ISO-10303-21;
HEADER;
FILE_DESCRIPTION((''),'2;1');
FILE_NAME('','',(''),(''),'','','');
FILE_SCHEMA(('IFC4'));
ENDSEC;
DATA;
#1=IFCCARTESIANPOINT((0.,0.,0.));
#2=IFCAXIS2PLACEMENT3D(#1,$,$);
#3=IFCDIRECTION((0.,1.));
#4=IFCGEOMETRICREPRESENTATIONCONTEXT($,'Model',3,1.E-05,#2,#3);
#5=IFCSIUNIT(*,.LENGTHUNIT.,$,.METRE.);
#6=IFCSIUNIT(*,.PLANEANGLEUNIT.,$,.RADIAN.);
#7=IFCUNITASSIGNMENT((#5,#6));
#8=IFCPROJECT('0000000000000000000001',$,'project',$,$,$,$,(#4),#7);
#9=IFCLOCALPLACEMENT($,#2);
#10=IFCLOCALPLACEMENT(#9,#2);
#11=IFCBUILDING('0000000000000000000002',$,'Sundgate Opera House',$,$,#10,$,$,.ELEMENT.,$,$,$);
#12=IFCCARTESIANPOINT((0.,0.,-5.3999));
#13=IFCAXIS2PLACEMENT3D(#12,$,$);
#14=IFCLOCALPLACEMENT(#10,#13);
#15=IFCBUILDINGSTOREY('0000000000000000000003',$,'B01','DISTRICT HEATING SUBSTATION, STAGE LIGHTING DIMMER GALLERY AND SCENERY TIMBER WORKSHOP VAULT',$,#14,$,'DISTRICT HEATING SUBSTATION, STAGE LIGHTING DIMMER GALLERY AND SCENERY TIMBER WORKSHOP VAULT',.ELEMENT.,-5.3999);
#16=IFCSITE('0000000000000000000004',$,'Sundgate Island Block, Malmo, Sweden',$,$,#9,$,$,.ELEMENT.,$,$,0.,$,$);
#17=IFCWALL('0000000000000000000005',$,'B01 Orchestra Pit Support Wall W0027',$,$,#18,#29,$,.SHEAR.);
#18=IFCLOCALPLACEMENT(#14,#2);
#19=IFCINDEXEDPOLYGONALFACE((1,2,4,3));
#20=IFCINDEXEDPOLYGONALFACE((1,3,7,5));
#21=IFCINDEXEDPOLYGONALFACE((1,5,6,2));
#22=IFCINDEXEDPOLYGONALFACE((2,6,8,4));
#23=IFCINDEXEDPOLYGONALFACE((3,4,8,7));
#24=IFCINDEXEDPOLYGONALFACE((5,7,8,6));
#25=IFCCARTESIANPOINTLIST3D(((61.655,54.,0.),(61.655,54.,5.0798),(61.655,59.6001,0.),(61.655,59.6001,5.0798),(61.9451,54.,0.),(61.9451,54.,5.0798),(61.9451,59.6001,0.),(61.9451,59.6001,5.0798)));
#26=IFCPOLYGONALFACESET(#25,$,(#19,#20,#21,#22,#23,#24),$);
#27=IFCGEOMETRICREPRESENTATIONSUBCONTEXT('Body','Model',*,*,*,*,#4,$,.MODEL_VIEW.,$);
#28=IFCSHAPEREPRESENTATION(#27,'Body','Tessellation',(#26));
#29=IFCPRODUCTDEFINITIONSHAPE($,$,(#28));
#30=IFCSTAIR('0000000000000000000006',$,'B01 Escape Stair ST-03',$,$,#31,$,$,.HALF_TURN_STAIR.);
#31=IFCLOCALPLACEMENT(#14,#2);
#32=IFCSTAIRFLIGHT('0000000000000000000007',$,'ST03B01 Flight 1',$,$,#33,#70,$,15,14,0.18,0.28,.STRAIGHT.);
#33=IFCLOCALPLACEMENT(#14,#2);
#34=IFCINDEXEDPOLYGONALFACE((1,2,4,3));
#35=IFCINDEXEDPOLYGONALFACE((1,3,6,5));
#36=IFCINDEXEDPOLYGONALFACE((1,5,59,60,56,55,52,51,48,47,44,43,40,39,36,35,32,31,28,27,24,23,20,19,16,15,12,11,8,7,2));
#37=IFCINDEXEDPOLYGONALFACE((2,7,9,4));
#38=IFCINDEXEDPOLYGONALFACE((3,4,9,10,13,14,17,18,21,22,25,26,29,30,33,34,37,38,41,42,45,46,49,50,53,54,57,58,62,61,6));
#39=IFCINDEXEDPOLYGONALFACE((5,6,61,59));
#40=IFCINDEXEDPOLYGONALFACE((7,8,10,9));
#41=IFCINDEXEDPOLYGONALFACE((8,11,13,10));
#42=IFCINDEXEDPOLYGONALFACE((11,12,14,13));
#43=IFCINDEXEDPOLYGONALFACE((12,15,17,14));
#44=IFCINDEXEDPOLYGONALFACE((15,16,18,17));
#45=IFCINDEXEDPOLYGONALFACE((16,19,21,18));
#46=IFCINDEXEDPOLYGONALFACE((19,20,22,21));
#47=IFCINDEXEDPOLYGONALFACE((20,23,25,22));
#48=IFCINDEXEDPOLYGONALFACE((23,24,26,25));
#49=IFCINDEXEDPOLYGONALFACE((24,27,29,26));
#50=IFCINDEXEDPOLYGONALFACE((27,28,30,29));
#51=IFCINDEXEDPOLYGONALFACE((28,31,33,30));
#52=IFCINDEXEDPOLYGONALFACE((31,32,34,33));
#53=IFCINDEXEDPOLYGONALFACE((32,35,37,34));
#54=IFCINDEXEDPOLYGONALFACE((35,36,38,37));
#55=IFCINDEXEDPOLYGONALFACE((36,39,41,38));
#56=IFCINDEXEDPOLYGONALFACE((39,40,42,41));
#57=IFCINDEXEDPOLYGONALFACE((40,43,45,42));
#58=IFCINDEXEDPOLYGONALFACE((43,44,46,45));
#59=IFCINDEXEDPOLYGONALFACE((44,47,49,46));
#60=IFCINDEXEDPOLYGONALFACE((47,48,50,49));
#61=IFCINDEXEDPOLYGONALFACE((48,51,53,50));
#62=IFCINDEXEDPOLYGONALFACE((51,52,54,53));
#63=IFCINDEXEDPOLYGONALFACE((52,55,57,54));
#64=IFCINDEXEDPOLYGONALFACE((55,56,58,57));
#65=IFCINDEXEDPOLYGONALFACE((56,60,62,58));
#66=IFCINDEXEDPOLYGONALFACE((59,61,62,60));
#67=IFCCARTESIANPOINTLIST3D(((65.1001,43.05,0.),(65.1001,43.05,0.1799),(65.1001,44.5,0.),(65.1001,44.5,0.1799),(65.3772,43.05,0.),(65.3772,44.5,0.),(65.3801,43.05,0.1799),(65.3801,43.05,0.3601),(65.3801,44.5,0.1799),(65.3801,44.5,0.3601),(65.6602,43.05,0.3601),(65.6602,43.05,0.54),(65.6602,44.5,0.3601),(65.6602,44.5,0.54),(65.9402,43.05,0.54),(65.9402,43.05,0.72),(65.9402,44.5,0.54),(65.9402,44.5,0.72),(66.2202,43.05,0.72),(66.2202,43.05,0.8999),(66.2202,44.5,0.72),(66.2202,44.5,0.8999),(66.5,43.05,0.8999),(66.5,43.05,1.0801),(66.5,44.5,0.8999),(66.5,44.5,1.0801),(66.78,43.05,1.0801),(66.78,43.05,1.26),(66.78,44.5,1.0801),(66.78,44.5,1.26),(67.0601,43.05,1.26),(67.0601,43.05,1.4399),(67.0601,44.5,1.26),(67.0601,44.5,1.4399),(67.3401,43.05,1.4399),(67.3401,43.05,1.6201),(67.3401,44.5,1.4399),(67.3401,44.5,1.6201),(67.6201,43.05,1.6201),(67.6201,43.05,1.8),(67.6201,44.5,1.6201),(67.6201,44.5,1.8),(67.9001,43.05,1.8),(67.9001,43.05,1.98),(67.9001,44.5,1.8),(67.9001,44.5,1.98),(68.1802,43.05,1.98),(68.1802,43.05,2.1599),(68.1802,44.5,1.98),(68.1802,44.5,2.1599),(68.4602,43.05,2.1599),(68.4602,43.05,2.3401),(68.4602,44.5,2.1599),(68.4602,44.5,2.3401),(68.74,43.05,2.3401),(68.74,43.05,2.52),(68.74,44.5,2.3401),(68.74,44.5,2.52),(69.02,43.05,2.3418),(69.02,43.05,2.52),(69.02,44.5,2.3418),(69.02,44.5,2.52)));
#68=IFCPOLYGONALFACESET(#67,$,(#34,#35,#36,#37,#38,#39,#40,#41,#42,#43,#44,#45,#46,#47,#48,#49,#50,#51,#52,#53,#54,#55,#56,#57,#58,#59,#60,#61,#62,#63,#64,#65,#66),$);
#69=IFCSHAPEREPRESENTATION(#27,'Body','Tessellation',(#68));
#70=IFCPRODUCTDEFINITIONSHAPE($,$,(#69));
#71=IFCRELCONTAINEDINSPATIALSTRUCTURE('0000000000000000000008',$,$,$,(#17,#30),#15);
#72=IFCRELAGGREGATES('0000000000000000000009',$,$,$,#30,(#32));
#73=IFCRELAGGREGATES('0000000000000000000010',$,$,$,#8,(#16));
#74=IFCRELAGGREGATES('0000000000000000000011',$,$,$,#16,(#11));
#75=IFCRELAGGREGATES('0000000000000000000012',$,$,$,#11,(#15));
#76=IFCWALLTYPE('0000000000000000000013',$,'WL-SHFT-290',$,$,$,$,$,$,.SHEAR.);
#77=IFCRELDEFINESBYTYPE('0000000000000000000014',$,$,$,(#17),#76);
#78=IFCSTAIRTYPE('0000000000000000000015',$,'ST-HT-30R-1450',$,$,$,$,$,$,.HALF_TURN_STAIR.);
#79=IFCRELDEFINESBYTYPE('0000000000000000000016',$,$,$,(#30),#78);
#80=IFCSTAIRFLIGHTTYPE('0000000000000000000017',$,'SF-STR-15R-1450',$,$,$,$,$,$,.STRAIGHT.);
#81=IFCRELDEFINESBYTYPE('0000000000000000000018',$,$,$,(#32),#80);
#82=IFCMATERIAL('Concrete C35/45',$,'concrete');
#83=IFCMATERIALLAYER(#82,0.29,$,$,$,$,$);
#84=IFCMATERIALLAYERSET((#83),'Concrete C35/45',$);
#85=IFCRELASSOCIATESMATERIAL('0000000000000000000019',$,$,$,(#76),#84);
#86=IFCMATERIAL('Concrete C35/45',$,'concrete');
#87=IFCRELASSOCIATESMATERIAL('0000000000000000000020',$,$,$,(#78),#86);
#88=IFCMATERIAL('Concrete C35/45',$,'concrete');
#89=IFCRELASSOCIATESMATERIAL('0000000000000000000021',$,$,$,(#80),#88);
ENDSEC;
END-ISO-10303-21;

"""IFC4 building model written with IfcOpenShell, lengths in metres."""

from ifc_helpers import new_model, si_unit, direction, frame, frame_2d, origin, place, context, subcontext, project, spatial, polyline, rectangle, outline, extrude, material, layer, layer_set, type_object, element, aggregate, save


model = new_model("IFC4")

# Units and contexts
model_context = context("Model", 3, precision=1e-05, world=origin(), true_north=direction((0.0, 1.0)))
body_context = subcontext(model_context, "Body", "Model", "MODEL_VIEW")
ifc_project = project(units=[si_unit("LENGTHUNIT", "METRE"), si_unit("PLANEANGLEUNIT", "RADIAN")], contexts=[model_context])

# Site, building, storey
site_placement = place(None, origin())
site = spatial("IfcSite", under=ifc_project, at=site_placement, Name="Sundgate Island Block, Malmo, Sweden", CompositionType="ELEMENT", RefElevation=0.0)
building_placement = place(site_placement, origin())
building = spatial("IfcBuilding", under=site, at=building_placement, Name="Sundgate Opera House", CompositionType="ELEMENT")
storey_placement = place(building_placement, frame((0.0, 0.0, -5.3999)))
storey = spatial("IfcBuildingStorey", under=building, at=storey_placement, Name="B01", Description="DISTRICT HEATING SUBSTATION, STAGE LIGHTING DIMMER GALLERY AND SCENERY TIMBER WORKSHOP VAULT", LongName="DISTRICT HEATING SUBSTATION, STAGE LIGHTING DIMMER GALLERY AND SCENERY TIMBER WORKSHOP VAULT", CompositionType="ELEMENT", Elevation=-5.3999)

# Wall
ifc_material_1 = material(Name="Concrete C35/45", Category="concrete")
ifc_layer_1 = layer(ifc_material_1, 0.29)
ifc_layer_set_1 = layer_set([ifc_layer_1], Name="Concrete C35/45")
wall_type_1 = type_object("IfcWallType", Name="WL-SHFT-290", PredefinedType="SHEAR", material=ifc_layer_set_1)
wall_1_placement = place(storey_placement, frame((61.8, 54.0, 0.0), z_axis=(0.0, 0.0, 1.0), x_axis=(0.0, 1.0, 0.0)))
element("IfcWall", 1, at=wall_1_placement, inside=storey, type_object=wall_type_1, Name="B01 Orchestra Pit Support Wall W0027", PredefinedType="SHEAR", context=body_context, shape_type="SweptSolid", body=[
    extrude(rectangle(XDim=5.6001, YDim=0.29, at=frame_2d((2.8, 0.0))), origin(), (0.0, 0.0, 1.0), 5.0798),
])

# Stair, stair flight
ifc_material_2 = material(Name="Concrete C35/45", Category="concrete")
stair_type = type_object("IfcStairType", Name="ST-HT-30R-1450", PredefinedType="HALF_TURN_STAIR", material=ifc_material_2)
stair_placement = place(storey_placement, origin())
stair = element("IfcStair", 2, at=stair_placement, inside=storey, type_object=stair_type, Name="B01 Escape Stair ST-03", PredefinedType="HALF_TURN_STAIR")
ifc_material_3 = material(Name="Concrete C35/45", Category="concrete")
stair_flight_type = type_object("IfcStairFlightType", Name="SF-STR-15R-1450", PredefinedType="STRAIGHT", material=ifc_material_3)
stair_flight_placement = place(storey_placement, frame((65.1001, 43.7749, 0.0), z_axis=(0.0, 0.0, 1.0), x_axis=(1.0, 0.0, 0.0)))
stair_flight = element("IfcStairFlight", 3, at=stair_flight_placement, type_object=stair_flight_type, Name="ST03B01 Flight 1", NumberOfRisers=15, NumberOfTreads=14, PredefinedType="STRAIGHT", RiserHeight=0.18, TreadLength=0.28, context=body_context, shape_type="SweptSolid", body=[
    extrude(outline(polyline([(0.0, 0.0), (0.0, 0.1799), (0.28, 0.1799), (0.28, 0.3601), (0.5601, 0.3601), (0.5601, 0.54), (0.8401, 0.54), (0.8401, 0.72), (1.1201, 0.72), (1.1201, 0.8999), (1.3999, 0.8999), (1.3999, 1.0801), (1.6799, 1.0801), (1.6799, 1.26), (1.96, 1.26), (1.96, 1.4399), (2.24, 1.4399), (2.24, 1.6201), (2.52, 1.6201), (2.52, 1.8), (2.8, 1.8), (2.8, 1.98), (3.0801, 1.98), (3.0801, 2.1599), (3.3601, 2.1599), (3.3601, 2.3401), (3.6399, 2.3401), (3.6399, 2.52), (3.9199, 2.52), (3.9199, 2.7), (3.9199, 2.3418), (0.2771, 0.0), (0.0, 0.0)])), frame((0.0, 0.7251, 0.0), z_axis=(0.0, -1.0, 0.0), x_axis=(1.0, 0.0, 0.0)), (0.0, 0.0, 1.0), 1.45),
])
aggregate(stair, [stair_flight])

save(model, "model.ifc")
